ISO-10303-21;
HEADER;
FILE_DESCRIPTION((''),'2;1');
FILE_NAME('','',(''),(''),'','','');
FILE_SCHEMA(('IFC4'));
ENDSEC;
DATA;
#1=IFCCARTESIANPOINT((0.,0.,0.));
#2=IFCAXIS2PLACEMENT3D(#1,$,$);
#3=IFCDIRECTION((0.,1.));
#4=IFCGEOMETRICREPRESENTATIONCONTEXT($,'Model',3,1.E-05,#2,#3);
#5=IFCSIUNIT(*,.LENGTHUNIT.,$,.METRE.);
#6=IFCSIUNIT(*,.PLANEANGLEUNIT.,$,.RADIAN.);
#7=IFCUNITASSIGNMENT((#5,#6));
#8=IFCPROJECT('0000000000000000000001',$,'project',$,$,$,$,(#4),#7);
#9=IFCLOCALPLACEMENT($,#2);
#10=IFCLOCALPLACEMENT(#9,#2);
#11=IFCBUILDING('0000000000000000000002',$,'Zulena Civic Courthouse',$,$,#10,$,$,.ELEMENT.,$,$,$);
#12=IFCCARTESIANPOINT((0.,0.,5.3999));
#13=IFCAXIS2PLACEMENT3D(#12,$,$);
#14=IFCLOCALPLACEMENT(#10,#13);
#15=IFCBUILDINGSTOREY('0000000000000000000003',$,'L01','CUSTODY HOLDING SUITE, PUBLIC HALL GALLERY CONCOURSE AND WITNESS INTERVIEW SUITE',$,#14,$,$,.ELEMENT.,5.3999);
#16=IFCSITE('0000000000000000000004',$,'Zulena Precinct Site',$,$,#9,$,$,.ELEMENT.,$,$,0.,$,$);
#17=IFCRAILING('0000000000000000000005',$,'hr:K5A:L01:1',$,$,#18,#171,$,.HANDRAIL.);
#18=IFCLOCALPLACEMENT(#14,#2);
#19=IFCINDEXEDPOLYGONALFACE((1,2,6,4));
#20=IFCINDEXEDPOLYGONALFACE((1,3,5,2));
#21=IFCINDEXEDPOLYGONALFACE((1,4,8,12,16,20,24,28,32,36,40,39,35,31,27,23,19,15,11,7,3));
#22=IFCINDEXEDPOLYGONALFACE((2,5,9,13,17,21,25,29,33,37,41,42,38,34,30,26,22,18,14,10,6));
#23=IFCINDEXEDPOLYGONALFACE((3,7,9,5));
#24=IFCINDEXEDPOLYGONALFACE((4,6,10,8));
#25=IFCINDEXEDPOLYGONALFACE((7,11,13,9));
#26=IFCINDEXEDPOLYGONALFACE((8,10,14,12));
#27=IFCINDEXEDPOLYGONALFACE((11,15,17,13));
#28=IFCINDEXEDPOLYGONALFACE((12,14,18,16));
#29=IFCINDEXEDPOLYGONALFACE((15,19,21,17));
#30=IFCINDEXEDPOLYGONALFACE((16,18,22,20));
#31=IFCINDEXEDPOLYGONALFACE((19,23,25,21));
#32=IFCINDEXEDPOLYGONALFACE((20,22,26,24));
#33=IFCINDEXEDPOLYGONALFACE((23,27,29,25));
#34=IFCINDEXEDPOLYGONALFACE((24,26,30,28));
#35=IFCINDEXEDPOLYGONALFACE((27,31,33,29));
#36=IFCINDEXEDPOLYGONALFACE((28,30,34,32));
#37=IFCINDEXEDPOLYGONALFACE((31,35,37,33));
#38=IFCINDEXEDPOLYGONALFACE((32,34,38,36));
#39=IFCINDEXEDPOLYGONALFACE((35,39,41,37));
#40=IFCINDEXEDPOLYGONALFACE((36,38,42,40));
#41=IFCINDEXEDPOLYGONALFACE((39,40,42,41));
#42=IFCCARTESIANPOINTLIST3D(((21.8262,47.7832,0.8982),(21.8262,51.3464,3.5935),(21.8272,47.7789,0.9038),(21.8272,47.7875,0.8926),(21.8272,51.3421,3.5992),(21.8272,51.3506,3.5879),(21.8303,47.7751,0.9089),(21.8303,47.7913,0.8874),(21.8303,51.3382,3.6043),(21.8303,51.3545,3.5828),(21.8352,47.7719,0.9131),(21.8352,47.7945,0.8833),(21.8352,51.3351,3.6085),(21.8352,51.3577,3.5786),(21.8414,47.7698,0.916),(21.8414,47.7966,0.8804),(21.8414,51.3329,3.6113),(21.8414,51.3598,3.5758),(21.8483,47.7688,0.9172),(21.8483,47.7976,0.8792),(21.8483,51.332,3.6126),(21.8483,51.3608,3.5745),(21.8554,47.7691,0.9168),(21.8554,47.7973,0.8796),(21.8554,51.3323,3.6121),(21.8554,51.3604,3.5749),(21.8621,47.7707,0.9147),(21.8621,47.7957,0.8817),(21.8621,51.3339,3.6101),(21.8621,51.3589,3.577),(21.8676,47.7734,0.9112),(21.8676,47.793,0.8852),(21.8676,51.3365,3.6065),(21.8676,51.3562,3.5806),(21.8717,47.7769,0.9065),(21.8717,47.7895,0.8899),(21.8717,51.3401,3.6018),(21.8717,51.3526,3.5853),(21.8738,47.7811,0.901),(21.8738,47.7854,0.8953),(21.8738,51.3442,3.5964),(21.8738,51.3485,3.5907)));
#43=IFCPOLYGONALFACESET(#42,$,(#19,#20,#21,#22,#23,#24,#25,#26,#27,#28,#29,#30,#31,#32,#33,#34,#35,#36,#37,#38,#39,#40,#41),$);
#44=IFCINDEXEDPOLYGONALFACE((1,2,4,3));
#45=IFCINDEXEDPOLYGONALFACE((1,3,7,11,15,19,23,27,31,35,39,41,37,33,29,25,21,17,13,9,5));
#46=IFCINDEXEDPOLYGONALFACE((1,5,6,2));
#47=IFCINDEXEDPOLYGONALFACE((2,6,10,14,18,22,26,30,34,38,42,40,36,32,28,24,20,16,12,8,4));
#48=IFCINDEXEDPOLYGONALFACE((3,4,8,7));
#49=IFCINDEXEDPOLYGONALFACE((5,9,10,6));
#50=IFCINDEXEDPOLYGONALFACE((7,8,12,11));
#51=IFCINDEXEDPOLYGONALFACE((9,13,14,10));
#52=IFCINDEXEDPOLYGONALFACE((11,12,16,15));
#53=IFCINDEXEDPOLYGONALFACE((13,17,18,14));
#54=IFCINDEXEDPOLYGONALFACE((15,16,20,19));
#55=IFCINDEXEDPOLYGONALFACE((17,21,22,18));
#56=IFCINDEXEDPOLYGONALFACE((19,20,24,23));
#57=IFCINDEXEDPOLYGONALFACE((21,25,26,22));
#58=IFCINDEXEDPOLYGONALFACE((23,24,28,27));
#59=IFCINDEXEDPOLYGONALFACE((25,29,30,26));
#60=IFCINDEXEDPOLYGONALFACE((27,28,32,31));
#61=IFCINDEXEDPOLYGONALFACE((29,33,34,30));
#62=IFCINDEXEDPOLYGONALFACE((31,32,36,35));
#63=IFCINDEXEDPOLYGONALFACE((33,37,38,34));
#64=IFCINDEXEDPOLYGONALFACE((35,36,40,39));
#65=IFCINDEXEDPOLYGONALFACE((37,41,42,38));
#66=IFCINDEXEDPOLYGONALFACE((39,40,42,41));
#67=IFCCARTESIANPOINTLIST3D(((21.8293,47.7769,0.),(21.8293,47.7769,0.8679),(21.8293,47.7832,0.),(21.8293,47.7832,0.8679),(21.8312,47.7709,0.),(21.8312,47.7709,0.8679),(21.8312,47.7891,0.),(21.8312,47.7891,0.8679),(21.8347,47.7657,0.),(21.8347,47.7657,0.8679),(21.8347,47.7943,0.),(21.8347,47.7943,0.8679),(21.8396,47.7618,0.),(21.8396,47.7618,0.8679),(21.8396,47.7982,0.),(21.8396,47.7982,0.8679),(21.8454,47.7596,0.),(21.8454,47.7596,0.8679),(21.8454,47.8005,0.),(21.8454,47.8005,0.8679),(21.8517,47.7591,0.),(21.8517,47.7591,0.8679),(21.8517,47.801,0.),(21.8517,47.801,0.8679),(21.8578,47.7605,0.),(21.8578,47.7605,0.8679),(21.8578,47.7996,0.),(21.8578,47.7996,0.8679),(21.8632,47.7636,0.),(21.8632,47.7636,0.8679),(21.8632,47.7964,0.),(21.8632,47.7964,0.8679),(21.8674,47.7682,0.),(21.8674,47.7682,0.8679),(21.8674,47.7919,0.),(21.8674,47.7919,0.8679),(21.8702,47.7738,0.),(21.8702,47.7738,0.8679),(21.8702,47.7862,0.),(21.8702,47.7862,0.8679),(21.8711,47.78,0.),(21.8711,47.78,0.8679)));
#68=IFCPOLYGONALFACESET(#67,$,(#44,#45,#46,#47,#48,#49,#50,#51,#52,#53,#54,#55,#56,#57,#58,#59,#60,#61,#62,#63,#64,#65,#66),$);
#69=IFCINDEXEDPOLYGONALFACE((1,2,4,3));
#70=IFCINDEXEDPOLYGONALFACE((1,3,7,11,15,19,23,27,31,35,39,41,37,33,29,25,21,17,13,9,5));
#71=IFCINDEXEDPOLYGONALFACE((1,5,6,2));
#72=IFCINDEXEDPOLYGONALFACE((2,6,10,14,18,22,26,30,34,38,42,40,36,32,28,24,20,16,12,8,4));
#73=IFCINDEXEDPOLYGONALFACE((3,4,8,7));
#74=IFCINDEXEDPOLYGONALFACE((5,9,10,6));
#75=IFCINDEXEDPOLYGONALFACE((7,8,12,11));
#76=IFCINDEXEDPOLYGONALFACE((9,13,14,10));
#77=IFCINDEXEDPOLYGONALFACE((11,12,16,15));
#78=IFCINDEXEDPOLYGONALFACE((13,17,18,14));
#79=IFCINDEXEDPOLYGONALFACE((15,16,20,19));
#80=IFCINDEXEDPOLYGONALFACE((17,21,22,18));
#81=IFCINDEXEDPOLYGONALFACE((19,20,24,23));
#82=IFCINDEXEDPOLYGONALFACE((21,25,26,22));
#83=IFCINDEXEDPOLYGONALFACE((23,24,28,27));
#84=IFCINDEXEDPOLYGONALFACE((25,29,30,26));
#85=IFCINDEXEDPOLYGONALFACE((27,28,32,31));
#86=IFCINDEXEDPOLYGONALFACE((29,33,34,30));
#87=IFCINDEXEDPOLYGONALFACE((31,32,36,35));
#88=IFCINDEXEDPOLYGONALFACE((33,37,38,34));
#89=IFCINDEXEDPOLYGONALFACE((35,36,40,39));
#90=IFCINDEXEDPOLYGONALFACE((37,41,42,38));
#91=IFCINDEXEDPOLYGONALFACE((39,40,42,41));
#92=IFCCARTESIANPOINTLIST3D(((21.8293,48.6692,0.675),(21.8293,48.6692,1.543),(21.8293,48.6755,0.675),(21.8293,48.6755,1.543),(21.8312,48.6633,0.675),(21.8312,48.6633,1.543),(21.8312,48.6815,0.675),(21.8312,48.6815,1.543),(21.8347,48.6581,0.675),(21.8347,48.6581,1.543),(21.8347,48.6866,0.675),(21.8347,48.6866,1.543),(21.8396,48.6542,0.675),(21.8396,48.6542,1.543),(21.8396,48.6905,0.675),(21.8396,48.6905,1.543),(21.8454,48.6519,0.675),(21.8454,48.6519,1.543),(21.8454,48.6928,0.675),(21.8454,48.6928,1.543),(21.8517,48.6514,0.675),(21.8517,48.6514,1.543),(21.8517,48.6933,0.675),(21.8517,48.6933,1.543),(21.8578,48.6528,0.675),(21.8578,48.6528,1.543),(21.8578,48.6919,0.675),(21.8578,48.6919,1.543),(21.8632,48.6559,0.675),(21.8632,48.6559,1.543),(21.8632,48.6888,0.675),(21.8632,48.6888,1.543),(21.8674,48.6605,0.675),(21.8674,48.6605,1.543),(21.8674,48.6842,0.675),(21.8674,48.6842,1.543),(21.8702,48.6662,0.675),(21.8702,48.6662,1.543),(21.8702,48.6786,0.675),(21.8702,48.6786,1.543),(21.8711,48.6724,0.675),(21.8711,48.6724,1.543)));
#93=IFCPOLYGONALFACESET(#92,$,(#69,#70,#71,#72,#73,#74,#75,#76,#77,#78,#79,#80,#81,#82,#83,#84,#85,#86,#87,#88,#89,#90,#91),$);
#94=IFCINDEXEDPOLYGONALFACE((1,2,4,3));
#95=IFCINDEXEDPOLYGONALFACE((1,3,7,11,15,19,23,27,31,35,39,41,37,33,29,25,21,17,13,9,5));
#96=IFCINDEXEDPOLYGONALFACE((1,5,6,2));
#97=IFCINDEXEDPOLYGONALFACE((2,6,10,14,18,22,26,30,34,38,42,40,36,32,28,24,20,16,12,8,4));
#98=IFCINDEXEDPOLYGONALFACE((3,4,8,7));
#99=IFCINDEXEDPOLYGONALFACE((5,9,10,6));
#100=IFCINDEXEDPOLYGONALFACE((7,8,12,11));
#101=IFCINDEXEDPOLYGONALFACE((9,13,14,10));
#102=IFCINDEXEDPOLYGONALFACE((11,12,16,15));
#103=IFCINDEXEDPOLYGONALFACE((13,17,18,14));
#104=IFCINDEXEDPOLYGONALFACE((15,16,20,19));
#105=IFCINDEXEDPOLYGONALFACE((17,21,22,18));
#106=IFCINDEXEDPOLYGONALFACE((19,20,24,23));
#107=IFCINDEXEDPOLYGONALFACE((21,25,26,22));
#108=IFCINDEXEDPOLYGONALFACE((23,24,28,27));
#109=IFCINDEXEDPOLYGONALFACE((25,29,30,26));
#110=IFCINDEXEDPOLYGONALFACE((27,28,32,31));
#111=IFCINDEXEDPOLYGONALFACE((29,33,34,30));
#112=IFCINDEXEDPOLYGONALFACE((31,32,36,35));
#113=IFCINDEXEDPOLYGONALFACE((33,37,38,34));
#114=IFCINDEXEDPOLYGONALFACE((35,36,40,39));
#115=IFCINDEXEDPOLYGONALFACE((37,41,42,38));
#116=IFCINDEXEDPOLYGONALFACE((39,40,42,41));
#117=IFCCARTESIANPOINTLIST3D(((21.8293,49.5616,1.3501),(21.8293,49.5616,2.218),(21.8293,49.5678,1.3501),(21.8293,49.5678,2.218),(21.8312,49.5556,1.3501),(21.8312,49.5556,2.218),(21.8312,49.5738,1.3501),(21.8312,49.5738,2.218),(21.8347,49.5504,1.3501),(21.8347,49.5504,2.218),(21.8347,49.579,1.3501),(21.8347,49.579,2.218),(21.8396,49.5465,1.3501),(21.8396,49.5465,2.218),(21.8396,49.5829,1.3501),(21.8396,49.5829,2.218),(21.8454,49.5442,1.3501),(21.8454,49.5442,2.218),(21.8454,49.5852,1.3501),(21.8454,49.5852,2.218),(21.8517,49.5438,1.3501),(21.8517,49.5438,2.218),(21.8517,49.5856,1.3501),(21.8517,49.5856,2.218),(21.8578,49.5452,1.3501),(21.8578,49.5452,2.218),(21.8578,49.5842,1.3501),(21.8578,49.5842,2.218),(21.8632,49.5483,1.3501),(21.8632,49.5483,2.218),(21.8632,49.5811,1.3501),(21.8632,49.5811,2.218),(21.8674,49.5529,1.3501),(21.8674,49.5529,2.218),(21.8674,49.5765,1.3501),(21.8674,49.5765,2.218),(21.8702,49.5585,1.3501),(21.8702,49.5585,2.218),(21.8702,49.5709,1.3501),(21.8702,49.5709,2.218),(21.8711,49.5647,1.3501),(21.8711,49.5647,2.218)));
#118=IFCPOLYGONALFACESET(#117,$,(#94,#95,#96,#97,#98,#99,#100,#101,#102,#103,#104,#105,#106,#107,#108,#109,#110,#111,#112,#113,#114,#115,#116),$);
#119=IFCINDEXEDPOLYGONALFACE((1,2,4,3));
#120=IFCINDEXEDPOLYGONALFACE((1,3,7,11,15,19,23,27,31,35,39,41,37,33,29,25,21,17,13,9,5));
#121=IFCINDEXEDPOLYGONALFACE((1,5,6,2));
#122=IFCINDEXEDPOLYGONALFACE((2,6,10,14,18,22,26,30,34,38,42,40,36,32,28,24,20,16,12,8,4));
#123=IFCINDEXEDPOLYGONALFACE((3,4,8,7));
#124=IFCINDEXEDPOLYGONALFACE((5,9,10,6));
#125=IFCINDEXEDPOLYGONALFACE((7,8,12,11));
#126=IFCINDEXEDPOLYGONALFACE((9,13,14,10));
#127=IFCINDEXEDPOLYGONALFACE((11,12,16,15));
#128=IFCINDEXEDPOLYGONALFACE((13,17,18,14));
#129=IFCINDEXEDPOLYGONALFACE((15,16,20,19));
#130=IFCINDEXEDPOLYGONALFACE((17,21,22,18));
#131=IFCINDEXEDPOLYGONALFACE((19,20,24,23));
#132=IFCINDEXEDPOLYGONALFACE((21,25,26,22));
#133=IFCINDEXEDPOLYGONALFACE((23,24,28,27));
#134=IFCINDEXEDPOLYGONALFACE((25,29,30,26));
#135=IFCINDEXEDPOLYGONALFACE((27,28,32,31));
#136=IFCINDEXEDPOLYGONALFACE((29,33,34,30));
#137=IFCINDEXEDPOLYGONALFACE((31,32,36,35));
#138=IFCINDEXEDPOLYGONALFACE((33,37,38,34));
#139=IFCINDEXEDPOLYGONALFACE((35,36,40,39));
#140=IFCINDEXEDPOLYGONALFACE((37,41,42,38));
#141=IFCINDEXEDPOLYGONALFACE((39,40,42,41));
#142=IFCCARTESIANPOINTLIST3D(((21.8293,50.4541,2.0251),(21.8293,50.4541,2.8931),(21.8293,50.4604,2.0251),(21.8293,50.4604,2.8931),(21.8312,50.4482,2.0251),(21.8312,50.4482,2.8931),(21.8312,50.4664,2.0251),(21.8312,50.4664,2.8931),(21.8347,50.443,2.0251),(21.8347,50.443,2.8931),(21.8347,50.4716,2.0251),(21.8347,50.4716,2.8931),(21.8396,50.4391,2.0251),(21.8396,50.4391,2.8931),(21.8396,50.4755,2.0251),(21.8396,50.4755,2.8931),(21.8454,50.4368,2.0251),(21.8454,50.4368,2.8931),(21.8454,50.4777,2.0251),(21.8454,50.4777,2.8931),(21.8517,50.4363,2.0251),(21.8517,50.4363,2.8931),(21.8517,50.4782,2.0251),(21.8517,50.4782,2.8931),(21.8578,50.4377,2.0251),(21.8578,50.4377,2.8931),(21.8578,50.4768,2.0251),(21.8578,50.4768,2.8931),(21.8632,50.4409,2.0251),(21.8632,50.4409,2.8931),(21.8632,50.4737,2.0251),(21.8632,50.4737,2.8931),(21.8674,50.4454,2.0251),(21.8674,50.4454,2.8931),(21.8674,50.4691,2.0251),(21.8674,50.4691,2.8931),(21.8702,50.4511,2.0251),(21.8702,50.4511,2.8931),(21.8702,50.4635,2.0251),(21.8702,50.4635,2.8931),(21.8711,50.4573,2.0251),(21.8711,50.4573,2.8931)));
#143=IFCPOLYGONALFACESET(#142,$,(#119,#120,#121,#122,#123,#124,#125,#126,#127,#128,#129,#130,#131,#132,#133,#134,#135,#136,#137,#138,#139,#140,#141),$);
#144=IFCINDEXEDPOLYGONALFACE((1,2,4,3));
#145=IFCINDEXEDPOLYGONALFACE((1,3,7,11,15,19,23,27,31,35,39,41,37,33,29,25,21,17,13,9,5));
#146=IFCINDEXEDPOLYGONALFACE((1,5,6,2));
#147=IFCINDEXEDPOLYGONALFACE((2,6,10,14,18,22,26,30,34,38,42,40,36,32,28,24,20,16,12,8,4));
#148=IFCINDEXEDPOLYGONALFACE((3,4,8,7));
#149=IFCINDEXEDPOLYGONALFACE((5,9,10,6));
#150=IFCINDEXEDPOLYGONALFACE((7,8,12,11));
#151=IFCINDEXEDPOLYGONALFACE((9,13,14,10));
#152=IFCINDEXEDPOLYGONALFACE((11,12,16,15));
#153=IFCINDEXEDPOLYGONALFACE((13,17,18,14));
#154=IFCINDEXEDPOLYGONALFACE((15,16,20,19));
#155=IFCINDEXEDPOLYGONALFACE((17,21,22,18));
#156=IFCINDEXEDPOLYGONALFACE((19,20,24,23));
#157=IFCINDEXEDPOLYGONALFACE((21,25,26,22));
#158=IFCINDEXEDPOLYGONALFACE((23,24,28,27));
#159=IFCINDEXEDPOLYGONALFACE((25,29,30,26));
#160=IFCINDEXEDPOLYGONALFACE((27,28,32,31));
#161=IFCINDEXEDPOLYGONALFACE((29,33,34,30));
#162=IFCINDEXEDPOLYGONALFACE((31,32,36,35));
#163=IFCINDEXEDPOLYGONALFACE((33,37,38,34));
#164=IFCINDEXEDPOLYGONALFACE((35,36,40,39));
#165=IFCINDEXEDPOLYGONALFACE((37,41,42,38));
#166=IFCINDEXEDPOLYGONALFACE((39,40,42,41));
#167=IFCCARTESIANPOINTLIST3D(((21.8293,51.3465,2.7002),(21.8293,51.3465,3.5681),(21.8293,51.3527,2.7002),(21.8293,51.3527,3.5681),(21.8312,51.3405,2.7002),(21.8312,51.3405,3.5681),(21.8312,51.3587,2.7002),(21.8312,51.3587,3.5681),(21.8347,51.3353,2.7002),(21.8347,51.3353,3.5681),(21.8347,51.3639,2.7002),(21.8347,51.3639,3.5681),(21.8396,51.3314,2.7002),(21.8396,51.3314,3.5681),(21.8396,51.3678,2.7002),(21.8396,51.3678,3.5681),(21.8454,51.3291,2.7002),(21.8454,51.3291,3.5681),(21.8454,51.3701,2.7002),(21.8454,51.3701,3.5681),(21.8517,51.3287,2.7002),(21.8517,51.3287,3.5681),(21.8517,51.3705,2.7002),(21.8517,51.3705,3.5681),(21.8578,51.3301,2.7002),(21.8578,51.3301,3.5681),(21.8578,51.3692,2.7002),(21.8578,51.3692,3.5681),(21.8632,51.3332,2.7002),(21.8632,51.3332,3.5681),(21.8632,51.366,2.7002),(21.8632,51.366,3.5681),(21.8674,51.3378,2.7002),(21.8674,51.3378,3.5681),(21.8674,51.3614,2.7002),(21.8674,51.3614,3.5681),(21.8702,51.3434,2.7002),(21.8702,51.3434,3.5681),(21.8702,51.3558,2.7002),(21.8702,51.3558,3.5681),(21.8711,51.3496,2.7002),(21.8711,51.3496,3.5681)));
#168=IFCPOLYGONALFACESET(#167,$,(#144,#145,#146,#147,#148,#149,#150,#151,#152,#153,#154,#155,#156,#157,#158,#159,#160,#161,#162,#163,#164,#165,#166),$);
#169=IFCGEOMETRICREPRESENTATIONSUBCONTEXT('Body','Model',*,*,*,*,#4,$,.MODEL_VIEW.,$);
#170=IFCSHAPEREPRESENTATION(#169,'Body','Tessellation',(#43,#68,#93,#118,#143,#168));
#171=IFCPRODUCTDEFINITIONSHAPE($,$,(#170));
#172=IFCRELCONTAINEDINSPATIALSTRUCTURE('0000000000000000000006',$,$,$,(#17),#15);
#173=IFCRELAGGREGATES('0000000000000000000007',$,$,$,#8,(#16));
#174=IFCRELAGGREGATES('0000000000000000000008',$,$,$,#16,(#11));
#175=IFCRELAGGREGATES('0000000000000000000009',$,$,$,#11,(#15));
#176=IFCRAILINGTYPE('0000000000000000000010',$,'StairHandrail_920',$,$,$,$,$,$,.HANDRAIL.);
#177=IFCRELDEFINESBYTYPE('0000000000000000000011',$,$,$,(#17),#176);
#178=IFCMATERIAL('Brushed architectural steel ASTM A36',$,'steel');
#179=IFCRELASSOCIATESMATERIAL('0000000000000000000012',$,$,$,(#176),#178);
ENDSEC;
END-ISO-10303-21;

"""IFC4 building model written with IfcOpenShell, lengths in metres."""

from ifc_helpers import new_model, si_unit, direction, frame, origin, origin_2d, place, context, subcontext, project, spatial, circle, extrude, material, type_object, element, save


model = new_model("IFC4")

# Units and contexts
model_context = context("Model", 3, precision=1e-05, world=origin(), true_north=direction((0.0, 1.0)))
body_context = subcontext(model_context, "Body", "Model", "MODEL_VIEW")
ifc_project = project(units=[si_unit("LENGTHUNIT", "METRE"), si_unit("PLANEANGLEUNIT", "RADIAN")], contexts=[model_context])

# Site, building, storey
site_placement = place(None, origin())
site = spatial("IfcSite", under=ifc_project, at=site_placement, Name="Zulena Precinct Site", CompositionType="ELEMENT", RefElevation=0.0)
building_placement = place(site_placement, origin())
building = spatial("IfcBuilding", under=site, at=building_placement, Name="Zulena Civic Courthouse", CompositionType="ELEMENT")
storey_placement = place(building_placement, frame((0.0, 0.0, 5.3999)))
storey = spatial("IfcBuildingStorey", under=building, at=storey_placement, Name="L01", Description="CUSTODY HOLDING SUITE, PUBLIC HALL GALLERY CONCOURSE AND WITNESS INTERVIEW SUITE", CompositionType="ELEMENT", Elevation=5.3999)

# Railing
ifc_material_1 = material(Name="Brushed architectural steel ASTM A36", Category="steel")
railing_type_1 = type_object("IfcRailingType", Name="StairHandrail_920", PredefinedType="HANDRAIL", material=ifc_material_1)
railing_1_placement = place(storey_placement, frame((21.8501, 47.78, 0.0)))
element("IfcRailing", 1, at=railing_1_placement, inside=storey, type_object=railing_type_1, Name="hr:K5A:L01:1", PredefinedType="HANDRAIL", context=body_context, shape_type="SweptSolid", body=[
    extrude(circle(Radius=0.0239, at=origin_2d()), frame((0.0, 0.0032, 0.8982), z_axis=(0.0, 0.797526, 0.603285), x_axis=(-1.0, 0.0, 0.0)), (0.0, 0.0, 1.0), 4.4678),
    extrude(circle(Radius=0.021, at=origin_2d()), origin(), (0.0, 0.0, 1.0), 0.8679),
    extrude(circle(Radius=0.021, at=origin_2d()), frame((0.0, 0.8923, 0.675)), (0.0, 0.0, 1.0), 0.8679),
    extrude(circle(Radius=0.021, at=origin_2d()), frame((0.0, 1.7847, 1.3501)), (0.0, 0.0, 1.0), 0.8679),
    extrude(circle(Radius=0.021, at=origin_2d()), frame((0.0, 2.6772, 2.0251)), (0.0, 0.0, 1.0), 0.8679),
    extrude(circle(Radius=0.021, at=origin_2d()), frame((0.0, 3.5696, 2.7002)), (0.0, 0.0, 1.0), 0.8679),
])

save(model, "model.ifc")
